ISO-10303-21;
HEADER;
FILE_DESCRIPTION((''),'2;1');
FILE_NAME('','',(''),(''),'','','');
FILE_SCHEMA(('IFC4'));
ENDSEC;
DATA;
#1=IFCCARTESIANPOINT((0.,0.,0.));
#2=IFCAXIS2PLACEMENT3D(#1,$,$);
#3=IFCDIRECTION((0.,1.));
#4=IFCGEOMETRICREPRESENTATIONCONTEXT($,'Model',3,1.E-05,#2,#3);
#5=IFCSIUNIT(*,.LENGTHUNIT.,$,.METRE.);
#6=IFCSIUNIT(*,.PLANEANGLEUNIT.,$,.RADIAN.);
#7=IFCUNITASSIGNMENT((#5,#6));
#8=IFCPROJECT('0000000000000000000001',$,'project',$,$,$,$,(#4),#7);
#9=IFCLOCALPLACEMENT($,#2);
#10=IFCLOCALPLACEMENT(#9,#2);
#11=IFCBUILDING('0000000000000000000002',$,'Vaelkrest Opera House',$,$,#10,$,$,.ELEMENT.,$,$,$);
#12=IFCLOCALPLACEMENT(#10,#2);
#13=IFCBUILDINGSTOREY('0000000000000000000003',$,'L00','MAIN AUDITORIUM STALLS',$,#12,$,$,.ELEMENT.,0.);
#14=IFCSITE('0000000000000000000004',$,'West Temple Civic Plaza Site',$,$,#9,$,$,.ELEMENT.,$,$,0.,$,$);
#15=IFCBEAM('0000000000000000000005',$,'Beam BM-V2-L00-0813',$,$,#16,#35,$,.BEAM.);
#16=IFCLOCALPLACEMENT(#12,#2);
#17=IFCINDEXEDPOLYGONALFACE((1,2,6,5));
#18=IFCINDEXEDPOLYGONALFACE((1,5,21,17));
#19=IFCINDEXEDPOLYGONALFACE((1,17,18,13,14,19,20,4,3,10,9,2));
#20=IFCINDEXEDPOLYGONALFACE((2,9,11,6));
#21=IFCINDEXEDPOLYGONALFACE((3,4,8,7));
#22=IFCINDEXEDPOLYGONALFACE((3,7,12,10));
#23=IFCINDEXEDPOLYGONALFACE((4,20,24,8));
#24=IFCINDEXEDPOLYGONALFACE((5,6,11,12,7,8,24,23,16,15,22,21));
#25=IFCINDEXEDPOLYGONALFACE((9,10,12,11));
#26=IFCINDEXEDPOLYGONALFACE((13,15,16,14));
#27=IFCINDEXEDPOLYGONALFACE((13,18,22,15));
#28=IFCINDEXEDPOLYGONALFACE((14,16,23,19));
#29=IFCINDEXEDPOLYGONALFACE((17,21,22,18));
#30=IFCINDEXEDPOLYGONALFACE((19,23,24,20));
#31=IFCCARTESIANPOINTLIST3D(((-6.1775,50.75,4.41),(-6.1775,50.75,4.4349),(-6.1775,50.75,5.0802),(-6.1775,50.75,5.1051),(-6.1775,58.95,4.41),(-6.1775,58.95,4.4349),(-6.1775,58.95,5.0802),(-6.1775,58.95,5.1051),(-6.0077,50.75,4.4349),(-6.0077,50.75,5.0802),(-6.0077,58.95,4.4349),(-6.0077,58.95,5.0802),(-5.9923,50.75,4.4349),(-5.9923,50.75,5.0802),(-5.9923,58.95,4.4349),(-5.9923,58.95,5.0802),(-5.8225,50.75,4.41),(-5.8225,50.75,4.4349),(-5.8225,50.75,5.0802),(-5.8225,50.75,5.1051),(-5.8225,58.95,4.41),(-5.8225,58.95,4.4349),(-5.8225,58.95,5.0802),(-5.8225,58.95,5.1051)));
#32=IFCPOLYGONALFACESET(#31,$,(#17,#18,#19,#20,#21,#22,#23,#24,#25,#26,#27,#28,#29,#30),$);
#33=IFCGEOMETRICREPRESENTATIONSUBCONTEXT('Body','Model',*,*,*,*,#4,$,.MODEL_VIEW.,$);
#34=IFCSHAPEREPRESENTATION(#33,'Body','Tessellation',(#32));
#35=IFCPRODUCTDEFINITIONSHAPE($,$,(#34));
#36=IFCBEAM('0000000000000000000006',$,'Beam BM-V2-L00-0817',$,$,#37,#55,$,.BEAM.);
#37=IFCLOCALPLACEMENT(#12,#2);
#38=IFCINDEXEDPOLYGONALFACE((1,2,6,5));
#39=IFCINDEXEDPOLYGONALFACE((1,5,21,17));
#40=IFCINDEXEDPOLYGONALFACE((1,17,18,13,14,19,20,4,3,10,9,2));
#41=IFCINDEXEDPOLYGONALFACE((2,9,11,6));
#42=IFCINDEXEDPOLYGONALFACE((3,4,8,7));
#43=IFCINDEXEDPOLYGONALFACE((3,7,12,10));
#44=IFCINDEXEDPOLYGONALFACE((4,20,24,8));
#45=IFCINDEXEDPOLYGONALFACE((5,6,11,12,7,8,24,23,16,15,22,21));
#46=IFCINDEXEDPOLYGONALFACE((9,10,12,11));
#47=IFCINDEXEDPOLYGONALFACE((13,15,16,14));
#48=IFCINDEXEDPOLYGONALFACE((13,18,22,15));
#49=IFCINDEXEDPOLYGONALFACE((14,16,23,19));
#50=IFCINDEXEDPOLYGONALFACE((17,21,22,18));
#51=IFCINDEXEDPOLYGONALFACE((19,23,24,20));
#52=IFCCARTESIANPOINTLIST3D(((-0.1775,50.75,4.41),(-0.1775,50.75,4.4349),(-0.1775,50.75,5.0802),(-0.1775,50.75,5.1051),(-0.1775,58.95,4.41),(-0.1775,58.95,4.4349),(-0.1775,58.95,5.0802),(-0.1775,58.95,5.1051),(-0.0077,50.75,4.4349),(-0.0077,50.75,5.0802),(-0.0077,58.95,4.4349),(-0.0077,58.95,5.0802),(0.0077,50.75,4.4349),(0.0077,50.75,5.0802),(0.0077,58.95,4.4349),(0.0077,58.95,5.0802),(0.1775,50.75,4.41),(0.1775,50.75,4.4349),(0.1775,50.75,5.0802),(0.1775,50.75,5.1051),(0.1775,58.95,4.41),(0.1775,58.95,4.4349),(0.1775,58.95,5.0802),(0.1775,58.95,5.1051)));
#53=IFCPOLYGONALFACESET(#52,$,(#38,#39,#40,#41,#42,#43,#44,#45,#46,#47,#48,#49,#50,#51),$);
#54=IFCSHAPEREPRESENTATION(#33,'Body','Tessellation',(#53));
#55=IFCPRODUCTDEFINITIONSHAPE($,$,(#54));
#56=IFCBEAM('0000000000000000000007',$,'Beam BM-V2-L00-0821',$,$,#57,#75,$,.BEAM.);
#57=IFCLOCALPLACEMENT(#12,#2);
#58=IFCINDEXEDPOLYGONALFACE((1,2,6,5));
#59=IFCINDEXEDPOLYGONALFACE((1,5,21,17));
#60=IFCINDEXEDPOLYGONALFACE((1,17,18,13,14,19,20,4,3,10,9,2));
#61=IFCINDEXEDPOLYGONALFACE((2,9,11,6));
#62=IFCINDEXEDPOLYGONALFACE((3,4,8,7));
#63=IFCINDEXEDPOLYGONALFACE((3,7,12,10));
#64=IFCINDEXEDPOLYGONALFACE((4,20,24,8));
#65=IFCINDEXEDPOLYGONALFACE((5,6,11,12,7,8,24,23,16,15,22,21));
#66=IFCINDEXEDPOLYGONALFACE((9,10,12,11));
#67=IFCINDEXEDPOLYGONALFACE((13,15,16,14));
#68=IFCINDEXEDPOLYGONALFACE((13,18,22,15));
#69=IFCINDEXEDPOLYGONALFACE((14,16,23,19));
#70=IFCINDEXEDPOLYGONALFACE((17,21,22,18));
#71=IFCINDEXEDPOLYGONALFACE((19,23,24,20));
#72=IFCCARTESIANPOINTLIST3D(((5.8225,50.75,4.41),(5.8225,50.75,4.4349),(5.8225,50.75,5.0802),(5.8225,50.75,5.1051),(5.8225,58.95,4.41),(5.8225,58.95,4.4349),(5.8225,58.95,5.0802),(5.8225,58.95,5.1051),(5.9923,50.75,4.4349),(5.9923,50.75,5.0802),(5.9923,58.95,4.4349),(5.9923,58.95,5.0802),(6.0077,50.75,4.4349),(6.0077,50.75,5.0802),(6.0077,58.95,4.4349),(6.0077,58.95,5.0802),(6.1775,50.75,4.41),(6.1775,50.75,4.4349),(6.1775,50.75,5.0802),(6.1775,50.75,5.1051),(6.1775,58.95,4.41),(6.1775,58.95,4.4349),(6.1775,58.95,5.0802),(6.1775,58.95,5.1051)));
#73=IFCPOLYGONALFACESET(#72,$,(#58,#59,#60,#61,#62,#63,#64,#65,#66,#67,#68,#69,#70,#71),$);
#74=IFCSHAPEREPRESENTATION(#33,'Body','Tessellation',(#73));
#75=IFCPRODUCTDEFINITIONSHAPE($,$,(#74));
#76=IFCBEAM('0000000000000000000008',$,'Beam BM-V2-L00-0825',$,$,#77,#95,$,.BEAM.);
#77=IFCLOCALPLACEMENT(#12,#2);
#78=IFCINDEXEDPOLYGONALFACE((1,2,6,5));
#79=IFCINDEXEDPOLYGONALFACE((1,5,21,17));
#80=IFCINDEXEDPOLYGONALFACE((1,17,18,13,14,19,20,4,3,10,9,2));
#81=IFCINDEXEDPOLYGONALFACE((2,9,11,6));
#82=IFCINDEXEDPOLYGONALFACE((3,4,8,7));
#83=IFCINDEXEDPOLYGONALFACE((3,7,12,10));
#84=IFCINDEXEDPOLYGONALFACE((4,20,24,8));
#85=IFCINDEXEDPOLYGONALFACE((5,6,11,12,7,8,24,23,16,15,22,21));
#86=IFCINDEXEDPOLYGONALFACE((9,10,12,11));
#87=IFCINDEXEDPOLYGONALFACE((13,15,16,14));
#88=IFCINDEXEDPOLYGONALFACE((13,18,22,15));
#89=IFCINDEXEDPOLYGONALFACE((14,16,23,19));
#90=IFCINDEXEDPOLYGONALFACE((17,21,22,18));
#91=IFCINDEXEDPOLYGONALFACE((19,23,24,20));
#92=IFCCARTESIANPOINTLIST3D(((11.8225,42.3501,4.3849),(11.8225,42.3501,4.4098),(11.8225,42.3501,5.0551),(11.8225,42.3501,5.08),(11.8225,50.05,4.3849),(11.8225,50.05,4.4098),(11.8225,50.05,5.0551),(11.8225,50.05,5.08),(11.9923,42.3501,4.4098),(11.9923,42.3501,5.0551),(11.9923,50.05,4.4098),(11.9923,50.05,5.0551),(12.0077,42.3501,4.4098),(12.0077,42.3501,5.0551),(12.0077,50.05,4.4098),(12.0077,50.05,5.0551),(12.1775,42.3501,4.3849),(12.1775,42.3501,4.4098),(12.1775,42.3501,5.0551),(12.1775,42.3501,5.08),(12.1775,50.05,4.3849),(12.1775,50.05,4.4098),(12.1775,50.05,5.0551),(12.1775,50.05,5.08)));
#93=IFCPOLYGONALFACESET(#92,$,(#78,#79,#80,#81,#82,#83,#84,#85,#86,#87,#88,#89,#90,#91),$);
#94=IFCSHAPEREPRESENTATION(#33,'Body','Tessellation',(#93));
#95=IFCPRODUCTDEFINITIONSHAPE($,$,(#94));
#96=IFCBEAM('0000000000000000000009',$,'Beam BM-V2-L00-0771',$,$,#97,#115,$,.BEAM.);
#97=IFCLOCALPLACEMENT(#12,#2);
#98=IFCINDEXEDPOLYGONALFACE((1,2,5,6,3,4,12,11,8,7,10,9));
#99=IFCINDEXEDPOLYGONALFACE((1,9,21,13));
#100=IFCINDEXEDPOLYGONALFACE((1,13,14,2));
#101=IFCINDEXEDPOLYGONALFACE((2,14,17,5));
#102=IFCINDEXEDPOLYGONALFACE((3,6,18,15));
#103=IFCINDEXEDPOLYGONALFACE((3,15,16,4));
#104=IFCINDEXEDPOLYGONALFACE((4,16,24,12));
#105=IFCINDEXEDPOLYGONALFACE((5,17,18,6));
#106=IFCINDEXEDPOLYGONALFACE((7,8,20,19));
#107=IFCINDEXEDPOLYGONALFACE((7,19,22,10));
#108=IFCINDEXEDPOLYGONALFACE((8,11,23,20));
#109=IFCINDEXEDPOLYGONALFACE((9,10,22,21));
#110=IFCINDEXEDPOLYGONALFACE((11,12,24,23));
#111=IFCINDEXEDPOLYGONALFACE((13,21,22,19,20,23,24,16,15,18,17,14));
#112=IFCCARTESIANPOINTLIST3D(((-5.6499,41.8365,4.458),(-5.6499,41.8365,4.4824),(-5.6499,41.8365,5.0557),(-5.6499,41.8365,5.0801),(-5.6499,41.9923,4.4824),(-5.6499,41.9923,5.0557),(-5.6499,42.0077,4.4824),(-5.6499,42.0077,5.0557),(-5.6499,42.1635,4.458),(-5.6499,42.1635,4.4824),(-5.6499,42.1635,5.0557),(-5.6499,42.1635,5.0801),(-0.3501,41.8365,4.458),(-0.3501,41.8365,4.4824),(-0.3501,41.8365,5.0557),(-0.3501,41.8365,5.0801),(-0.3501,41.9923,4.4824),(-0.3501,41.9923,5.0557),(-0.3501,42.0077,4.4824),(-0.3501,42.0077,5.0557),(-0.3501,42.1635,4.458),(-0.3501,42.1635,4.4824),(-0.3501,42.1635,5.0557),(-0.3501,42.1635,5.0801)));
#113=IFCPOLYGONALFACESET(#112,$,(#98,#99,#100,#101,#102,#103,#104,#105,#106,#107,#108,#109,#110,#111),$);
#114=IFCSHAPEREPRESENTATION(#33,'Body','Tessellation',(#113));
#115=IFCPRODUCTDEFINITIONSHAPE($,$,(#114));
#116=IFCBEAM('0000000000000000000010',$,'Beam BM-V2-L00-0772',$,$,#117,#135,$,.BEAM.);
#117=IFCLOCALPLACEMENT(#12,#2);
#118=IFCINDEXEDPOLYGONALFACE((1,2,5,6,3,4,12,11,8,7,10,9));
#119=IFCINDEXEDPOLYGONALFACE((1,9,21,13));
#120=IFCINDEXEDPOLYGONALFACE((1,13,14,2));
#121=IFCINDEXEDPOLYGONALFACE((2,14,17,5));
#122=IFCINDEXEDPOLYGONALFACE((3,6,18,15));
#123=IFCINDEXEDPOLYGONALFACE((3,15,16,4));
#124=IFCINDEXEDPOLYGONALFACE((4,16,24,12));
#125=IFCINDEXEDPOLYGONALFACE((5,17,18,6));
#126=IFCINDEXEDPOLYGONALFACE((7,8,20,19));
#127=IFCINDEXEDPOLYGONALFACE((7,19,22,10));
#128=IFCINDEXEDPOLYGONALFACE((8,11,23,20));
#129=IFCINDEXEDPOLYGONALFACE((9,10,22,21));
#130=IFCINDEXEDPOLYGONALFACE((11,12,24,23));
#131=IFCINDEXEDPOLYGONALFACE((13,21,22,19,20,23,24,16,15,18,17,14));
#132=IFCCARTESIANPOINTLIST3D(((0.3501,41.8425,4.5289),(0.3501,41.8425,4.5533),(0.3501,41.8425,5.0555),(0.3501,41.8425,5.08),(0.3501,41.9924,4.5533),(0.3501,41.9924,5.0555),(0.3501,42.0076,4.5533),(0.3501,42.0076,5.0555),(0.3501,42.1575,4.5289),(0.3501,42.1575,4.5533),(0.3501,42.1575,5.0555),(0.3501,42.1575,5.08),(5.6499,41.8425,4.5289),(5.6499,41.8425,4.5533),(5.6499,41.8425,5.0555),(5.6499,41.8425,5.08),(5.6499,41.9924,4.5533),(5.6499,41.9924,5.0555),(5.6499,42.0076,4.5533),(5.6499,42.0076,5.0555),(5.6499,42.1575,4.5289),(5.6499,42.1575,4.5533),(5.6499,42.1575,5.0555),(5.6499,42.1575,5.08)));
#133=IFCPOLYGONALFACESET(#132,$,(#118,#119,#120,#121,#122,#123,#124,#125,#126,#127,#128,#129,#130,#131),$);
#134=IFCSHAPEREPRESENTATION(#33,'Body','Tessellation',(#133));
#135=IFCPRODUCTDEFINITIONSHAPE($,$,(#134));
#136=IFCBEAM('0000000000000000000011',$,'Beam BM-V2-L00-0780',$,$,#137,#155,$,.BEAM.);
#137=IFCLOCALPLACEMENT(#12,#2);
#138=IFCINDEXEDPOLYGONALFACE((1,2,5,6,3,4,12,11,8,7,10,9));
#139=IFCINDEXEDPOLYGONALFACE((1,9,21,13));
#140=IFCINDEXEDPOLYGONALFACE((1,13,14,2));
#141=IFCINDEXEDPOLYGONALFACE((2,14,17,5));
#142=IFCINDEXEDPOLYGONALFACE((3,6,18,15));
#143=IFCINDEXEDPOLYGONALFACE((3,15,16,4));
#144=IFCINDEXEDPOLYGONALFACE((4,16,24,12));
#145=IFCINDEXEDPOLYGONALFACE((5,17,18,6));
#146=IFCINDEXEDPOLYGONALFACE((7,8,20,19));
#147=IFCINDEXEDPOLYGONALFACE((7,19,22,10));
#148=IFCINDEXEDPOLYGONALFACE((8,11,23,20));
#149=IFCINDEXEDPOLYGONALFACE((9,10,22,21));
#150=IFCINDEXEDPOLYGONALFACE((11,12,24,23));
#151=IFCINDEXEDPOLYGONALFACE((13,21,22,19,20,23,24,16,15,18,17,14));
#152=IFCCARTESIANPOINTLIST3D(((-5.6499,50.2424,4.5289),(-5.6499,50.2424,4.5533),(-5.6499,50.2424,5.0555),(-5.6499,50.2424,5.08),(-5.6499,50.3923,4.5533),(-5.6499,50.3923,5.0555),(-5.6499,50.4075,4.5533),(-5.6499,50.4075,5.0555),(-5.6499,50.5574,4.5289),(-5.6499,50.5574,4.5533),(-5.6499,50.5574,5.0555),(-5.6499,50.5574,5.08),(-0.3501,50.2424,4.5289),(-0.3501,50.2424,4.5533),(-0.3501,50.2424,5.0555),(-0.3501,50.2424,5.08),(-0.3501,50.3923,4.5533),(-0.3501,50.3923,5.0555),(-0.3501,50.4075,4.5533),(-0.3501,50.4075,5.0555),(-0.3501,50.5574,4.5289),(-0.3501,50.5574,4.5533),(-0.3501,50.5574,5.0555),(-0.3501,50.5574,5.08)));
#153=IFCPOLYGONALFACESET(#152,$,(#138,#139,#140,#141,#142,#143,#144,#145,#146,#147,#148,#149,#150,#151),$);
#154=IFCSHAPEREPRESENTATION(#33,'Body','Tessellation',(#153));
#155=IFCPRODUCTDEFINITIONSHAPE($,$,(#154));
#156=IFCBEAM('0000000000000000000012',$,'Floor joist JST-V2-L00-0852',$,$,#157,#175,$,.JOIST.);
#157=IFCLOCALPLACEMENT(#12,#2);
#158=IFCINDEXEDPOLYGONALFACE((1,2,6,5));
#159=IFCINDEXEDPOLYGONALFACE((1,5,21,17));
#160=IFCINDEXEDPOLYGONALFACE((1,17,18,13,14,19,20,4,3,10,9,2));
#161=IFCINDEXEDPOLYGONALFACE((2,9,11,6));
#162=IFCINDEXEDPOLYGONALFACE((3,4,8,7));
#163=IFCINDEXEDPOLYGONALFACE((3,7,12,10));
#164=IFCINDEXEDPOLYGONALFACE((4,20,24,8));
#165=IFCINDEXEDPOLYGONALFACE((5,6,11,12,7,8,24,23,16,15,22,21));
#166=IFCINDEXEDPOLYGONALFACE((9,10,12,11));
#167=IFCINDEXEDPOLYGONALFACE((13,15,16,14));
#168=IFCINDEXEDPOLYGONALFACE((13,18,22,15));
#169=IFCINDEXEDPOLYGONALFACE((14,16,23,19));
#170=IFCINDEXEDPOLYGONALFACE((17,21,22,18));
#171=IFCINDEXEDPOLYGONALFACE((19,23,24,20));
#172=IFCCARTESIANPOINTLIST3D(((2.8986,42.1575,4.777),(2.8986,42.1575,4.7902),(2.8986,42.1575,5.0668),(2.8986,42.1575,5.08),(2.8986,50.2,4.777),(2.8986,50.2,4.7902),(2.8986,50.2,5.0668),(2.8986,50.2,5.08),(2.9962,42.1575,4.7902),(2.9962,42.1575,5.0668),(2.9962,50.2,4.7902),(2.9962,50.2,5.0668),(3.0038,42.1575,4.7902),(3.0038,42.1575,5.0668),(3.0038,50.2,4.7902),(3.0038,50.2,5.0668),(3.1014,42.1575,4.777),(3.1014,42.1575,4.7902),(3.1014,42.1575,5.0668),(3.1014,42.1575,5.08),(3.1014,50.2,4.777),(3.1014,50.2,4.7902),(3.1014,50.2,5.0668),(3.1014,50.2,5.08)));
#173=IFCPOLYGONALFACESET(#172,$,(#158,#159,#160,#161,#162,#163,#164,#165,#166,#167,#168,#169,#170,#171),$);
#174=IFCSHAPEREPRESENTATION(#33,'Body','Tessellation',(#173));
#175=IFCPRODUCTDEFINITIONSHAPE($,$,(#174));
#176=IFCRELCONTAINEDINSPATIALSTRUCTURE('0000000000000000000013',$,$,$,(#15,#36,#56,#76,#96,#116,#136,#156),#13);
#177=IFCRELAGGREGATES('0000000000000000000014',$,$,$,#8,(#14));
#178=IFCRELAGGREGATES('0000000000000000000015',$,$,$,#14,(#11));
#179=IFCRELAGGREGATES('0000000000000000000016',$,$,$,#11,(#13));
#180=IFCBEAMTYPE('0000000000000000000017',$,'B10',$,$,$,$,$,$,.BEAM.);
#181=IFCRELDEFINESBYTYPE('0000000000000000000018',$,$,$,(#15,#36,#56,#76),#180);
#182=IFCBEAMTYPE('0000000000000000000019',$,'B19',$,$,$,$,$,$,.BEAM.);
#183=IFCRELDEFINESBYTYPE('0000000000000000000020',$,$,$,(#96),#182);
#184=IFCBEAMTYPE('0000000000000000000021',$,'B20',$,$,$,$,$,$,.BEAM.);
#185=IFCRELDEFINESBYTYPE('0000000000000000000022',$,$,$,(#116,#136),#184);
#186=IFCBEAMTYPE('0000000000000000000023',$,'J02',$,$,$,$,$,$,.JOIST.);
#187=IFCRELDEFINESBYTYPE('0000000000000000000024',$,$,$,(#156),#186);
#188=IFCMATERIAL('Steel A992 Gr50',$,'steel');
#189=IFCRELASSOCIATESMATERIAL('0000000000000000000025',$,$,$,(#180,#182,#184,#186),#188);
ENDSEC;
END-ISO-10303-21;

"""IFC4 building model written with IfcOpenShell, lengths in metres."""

from ifc_helpers import new_model, si_unit, direction, frame, origin, origin_2d, place, context, subcontext, project, spatial, i_section, extrude, material, material_profile, profile_set, type_object, element, save


model = new_model("IFC4")

# Units and contexts
model_context = context("Model", 3, precision=1e-05, world=origin(), true_north=direction((0.0, 1.0)))
body_context = subcontext(model_context, "Body", "Model", "MODEL_VIEW")
ifc_project = project(units=[si_unit("LENGTHUNIT", "METRE"), si_unit("PLANEANGLEUNIT", "RADIAN")], contexts=[model_context])

# Site, building, storey
site_placement = place(None, origin())
site = spatial("IfcSite", under=ifc_project, at=site_placement, Name="West Temple Civic Plaza Site", CompositionType="ELEMENT", RefElevation=0.0)
building_placement = place(site_placement, origin())
building = spatial("IfcBuilding", under=site, at=building_placement, Name="Vaelkrest Opera House", CompositionType="ELEMENT")
storey_placement = place(building_placement, origin())
storey = spatial("IfcBuildingStorey", under=building, at=storey_placement, Name="L00", Description="MAIN AUDITORIUM STALLS", CompositionType="ELEMENT", Elevation=0.0)

# Beams
ifc_material_1 = material(Name="Steel A992 Gr50", Category="steel")
ifc_material_profile_1 = material_profile(ifc_material_1, i_section(OverallWidth=0.355, OverallDepth=0.6951, WebThickness=0.0154, FlangeThickness=0.0249, at=origin_2d()), Name="W27X146")
ifc_profile_set_1 = profile_set([ifc_material_profile_1], Name="Steel A992 Gr50")
beam_type_1 = type_object("IfcBeamType", Name="B10", PredefinedType="BEAM", material=ifc_profile_set_1)
for number, where, z_axis, x_axis, name in (
    (1, (-6.0, 50.75, 4.7576), (0.0, 1.0, 0.0), (-1.0, 0.0, 0.0), "Beam BM-V2-L00-0813"),
    (2, (0.0, 50.75, 4.7576), (0.0, 1.0, 0.0), (-1.0, 0.0, 0.0), "Beam BM-V2-L00-0817"),
    (3, (6.0, 50.75, 4.7576), (0.0, 1.0, 0.0), (-1.0, 0.0, 0.0), "Beam BM-V2-L00-0821"),
):
    element("IfcBeam", number, at=place(storey_placement, frame(where, z_axis=z_axis, x_axis=x_axis)), inside=storey, type_object=beam_type_1, Name=name, PredefinedType="BEAM", context=body_context, shape_type="SweptSolid", body=[
        extrude(i_section(OverallWidth=0.355, OverallDepth=0.6951, WebThickness=0.0154, FlangeThickness=0.0249, at=origin_2d()), origin(), (0.0, 0.0, 1.0), 8.2),
    ])
beam_1_placement = place(storey_placement, frame((12.0, 42.3501, 4.7324), z_axis=(0.0, 1.0, 0.0), x_axis=(-1.0, 0.0, 0.0)))
element("IfcBeam", 4, at=beam_1_placement, inside=storey, type_object=beam_type_1, Name="Beam BM-V2-L00-0825", PredefinedType="BEAM", context=body_context, shape_type="SweptSolid", body=[
    extrude(i_section(OverallWidth=0.355, OverallDepth=0.6951, WebThickness=0.0154, FlangeThickness=0.0249, at=origin_2d()), origin(), (0.0, 0.0, 1.0), 7.7),
])
ifc_material_profile_2 = material_profile(ifc_material_1, i_section(OverallWidth=0.3269, OverallDepth=0.6221, WebThickness=0.0154, FlangeThickness=0.0244, at=origin_2d()), Name="W24X131")
ifc_profile_set_2 = profile_set([ifc_material_profile_2], Name="Steel A992 Gr50")
beam_type_2 = type_object("IfcBeamType", Name="B19", PredefinedType="BEAM", material=ifc_profile_set_2)
beam_2_placement = place(storey_placement, frame((-5.6499, 42.0, 4.769), z_axis=(1.0, 0.0, 0.0), x_axis=(0.0, 1.0, 0.0)))
element("IfcBeam", 5, at=beam_2_placement, inside=storey, type_object=beam_type_2, Name="Beam BM-V2-L00-0771", PredefinedType="BEAM", context=body_context, shape_type="SweptSolid", body=[
    extrude(i_section(OverallWidth=0.3269, OverallDepth=0.6221, WebThickness=0.0154, FlangeThickness=0.0244, at=origin_2d()), origin(), (0.0, 0.0, 1.0), 5.2998),
])
ifc_material_profile_3 = material_profile(ifc_material_1, i_section(OverallWidth=0.3149, OverallDepth=0.551, WebThickness=0.0151, FlangeThickness=0.0244, at=origin_2d()), Name="W21X122")
ifc_profile_set_3 = profile_set([ifc_material_profile_3], Name="Steel A992 Gr50")
beam_type_3 = type_object("IfcBeamType", Name="B20", PredefinedType="BEAM", material=ifc_profile_set_3)
for number, where, z_axis, x_axis, name in (
    (6, (0.3501, 42.0, 4.8044), (1.0, 0.0, 0.0), (0.0, 1.0, 0.0), "Beam BM-V2-L00-0772"),
    (7, (-5.6499, 50.3999, 4.8044), (1.0, 0.0, 0.0), (0.0, 1.0, 0.0), "Beam BM-V2-L00-0780"),
):
    element("IfcBeam", number, at=place(storey_placement, frame(where, z_axis=z_axis, x_axis=x_axis)), inside=storey, type_object=beam_type_3, Name=name, PredefinedType="BEAM", context=body_context, shape_type="SweptSolid", body=[
        extrude(i_section(OverallWidth=0.3149, OverallDepth=0.551, WebThickness=0.0151, FlangeThickness=0.0244, at=origin_2d()), origin(), (0.0, 0.0, 1.0), 5.2998),
    ])
ifc_material_profile_4 = material_profile(ifc_material_1, i_section(OverallWidth=0.2029, OverallDepth=0.303, WebThickness=0.0076, FlangeThickness=0.0132, at=origin_2d()), Name="W12X40")
ifc_profile_set_4 = profile_set([ifc_material_profile_4], Name="Steel A992 Gr50")
beam_type_4 = type_object("IfcBeamType", Name="J02", PredefinedType="JOIST", material=ifc_profile_set_4)
beam_3_placement = place(storey_placement, frame((3.0, 42.1575, 4.9285), z_axis=(0.0, 1.0, 0.0), x_axis=(-1.0, 0.0, 0.0)))
element("IfcBeam", 8, at=beam_3_placement, inside=storey, type_object=beam_type_4, Name="Floor joist JST-V2-L00-0852", PredefinedType="JOIST", context=body_context, shape_type="SweptSolid", body=[
    extrude(i_section(OverallWidth=0.2029, OverallDepth=0.303, WebThickness=0.0076, FlangeThickness=0.0132, at=origin_2d()), origin(), (0.0, 0.0, 1.0), 8.0425),
])

save(model, "model.ifc")
